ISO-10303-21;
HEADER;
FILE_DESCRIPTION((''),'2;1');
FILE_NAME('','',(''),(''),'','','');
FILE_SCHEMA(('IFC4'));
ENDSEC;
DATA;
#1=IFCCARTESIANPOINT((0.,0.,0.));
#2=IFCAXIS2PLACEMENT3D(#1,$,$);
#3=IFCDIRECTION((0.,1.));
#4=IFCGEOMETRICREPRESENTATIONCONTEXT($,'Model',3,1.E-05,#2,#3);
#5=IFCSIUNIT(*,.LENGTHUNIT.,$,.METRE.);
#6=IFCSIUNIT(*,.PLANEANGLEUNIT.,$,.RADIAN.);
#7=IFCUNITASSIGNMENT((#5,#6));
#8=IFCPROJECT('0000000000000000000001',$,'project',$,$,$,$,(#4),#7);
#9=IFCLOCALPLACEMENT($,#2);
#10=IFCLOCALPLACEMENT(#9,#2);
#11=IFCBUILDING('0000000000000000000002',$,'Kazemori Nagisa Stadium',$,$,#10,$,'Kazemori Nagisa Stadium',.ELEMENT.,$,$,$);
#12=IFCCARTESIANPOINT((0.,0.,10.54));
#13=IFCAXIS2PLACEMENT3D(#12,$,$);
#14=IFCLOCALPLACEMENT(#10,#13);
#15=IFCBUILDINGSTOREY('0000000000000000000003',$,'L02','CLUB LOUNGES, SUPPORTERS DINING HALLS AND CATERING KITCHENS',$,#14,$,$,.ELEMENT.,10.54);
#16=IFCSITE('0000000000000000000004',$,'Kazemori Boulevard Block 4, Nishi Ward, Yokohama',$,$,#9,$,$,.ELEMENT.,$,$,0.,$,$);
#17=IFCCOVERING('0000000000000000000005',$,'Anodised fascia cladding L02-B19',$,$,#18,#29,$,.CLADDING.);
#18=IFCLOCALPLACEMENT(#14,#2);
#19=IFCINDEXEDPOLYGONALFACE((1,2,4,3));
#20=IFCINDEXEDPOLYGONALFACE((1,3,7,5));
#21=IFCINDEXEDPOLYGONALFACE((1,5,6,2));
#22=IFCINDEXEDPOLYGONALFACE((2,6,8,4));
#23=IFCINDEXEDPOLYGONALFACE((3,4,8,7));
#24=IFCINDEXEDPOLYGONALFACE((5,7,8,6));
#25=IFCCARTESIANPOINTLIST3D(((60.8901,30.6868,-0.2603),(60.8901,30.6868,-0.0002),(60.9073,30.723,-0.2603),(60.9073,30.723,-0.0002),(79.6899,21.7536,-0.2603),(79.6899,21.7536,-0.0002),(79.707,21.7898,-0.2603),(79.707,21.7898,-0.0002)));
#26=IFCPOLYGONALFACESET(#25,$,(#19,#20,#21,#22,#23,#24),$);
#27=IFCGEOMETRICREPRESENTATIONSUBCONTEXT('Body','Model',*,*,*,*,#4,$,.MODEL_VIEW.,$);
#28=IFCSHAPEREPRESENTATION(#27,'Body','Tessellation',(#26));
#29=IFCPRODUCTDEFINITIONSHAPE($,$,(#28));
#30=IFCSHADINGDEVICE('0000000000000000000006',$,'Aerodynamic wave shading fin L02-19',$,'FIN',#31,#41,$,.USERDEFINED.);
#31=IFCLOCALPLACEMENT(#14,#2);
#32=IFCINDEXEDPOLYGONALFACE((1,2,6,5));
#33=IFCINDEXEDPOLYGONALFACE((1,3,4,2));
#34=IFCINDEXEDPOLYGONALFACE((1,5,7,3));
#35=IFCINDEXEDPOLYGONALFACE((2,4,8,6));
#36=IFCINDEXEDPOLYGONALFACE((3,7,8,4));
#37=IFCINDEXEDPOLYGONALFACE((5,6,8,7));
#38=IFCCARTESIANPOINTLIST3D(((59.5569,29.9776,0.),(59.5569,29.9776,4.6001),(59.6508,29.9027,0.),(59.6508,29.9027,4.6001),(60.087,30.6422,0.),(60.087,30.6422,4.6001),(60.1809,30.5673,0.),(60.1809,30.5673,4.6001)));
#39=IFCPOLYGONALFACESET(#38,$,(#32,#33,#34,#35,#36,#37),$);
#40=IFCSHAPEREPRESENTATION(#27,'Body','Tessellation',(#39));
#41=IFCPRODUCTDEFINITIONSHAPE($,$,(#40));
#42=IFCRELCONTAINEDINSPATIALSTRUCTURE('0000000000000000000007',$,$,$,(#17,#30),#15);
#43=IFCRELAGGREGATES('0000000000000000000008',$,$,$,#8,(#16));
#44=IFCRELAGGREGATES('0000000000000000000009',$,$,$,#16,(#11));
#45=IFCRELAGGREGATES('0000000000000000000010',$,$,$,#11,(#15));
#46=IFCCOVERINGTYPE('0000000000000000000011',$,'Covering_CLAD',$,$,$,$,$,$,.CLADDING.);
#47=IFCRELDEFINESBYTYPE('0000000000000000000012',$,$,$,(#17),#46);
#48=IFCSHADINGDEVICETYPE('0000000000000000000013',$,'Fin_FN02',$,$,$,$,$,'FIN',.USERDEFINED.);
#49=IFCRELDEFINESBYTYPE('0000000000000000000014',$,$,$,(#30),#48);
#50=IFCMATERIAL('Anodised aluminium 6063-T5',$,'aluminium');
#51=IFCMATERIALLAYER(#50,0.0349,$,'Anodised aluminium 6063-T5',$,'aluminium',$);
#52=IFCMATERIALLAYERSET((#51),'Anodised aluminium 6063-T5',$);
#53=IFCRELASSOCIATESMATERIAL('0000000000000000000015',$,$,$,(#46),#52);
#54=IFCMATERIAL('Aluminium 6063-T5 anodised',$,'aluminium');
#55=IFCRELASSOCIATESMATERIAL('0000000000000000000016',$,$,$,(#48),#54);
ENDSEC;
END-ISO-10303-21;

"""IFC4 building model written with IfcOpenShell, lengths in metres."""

from ifc_helpers import new_model, si_unit, direction, frame, origin, origin_2d, place, context, subcontext, project, spatial, rectangle, extrude, material, layer, layer_set, type_object, element, save


model = new_model("IFC4")

# Units and contexts
model_context = context("Model", 3, precision=1e-05, world=origin(), true_north=direction((0.0, 1.0)))
body_context = subcontext(model_context, "Body", "Model", "MODEL_VIEW")
ifc_project = project(units=[si_unit("LENGTHUNIT", "METRE"), si_unit("PLANEANGLEUNIT", "RADIAN")], contexts=[model_context])

# Site, building, storey
site_placement = place(None, origin())
site = spatial("IfcSite", under=ifc_project, at=site_placement, Name="Kazemori Boulevard Block 4, Nishi Ward, Yokohama", CompositionType="ELEMENT", RefElevation=0.0)
building_placement = place(site_placement, origin())
building = spatial("IfcBuilding", under=site, at=building_placement, Name="Kazemori Nagisa Stadium", LongName="Kazemori Nagisa Stadium", CompositionType="ELEMENT")
storey_placement = place(building_placement, frame((0.0, 0.0, 10.54)))
storey = spatial("IfcBuildingStorey", under=building, at=storey_placement, Name="L02", Description="CLUB LOUNGES, SUPPORTERS DINING HALLS AND CATERING KITCHENS", CompositionType="ELEMENT", Elevation=10.54)

# Shared definitions
ifc_material_1 = material(Name="Anodised aluminium 6063-T5", Category="aluminium")
ifc_material_2 = material(Name="Aluminium 6063-T5 anodised", Category="aluminium")

# Covering
ifc_layer_1 = layer(ifc_material_1, 0.0349, Name="Anodised aluminium 6063-T5", Category="aluminium")
ifc_layer_set_1 = layer_set([ifc_layer_1], Name="Anodised aluminium 6063-T5")
covering_type = type_object("IfcCoveringType", Name="Covering_CLAD", PredefinedType="CLADDING", material=ifc_layer_set_1)
covering_placement = place(storey_placement, frame((70.2986, 26.2383, -0.2603), z_axis=(0.0, 0.0, 1.0), x_axis=(0.903216, -0.429186, 0.0)))
element("IfcCovering", 1, at=covering_placement, inside=storey, type_object=covering_type, Name="Anodised fascia cladding L02-B19", PredefinedType="CLADDING", context=body_context, shape_type="SweptSolid", body=[
    extrude(rectangle(XDim=20.8142, YDim=0.04, at=origin_2d()), origin(), (0.0, 0.0, 1.0), 0.26),
])

# Shading device
shading_device_type = type_object("IfcShadingDeviceType", Name="Fin_FN02", ElementType="FIN", PredefinedType="USERDEFINED", material=ifc_material_2)
shading_device_placement = place(storey_placement, frame((59.8689, 30.2725, 0.0), z_axis=(0.0, 0.0, 1.0), x_axis=(-0.62349, -0.781831, 0.0)))
element("IfcShadingDevice", 2, at=shading_device_placement, inside=storey, type_object=shading_device_type, Name="Aerodynamic wave shading fin L02-19", ObjectType="FIN", PredefinedType="USERDEFINED", context=body_context, shape_type="SweptSolid", body=[
    extrude(rectangle(XDim=0.8501, YDim=0.1201, at=origin_2d()), origin(), (0.0, 0.0, 1.0), 4.6001),
])

save(model, "model.ifc")
